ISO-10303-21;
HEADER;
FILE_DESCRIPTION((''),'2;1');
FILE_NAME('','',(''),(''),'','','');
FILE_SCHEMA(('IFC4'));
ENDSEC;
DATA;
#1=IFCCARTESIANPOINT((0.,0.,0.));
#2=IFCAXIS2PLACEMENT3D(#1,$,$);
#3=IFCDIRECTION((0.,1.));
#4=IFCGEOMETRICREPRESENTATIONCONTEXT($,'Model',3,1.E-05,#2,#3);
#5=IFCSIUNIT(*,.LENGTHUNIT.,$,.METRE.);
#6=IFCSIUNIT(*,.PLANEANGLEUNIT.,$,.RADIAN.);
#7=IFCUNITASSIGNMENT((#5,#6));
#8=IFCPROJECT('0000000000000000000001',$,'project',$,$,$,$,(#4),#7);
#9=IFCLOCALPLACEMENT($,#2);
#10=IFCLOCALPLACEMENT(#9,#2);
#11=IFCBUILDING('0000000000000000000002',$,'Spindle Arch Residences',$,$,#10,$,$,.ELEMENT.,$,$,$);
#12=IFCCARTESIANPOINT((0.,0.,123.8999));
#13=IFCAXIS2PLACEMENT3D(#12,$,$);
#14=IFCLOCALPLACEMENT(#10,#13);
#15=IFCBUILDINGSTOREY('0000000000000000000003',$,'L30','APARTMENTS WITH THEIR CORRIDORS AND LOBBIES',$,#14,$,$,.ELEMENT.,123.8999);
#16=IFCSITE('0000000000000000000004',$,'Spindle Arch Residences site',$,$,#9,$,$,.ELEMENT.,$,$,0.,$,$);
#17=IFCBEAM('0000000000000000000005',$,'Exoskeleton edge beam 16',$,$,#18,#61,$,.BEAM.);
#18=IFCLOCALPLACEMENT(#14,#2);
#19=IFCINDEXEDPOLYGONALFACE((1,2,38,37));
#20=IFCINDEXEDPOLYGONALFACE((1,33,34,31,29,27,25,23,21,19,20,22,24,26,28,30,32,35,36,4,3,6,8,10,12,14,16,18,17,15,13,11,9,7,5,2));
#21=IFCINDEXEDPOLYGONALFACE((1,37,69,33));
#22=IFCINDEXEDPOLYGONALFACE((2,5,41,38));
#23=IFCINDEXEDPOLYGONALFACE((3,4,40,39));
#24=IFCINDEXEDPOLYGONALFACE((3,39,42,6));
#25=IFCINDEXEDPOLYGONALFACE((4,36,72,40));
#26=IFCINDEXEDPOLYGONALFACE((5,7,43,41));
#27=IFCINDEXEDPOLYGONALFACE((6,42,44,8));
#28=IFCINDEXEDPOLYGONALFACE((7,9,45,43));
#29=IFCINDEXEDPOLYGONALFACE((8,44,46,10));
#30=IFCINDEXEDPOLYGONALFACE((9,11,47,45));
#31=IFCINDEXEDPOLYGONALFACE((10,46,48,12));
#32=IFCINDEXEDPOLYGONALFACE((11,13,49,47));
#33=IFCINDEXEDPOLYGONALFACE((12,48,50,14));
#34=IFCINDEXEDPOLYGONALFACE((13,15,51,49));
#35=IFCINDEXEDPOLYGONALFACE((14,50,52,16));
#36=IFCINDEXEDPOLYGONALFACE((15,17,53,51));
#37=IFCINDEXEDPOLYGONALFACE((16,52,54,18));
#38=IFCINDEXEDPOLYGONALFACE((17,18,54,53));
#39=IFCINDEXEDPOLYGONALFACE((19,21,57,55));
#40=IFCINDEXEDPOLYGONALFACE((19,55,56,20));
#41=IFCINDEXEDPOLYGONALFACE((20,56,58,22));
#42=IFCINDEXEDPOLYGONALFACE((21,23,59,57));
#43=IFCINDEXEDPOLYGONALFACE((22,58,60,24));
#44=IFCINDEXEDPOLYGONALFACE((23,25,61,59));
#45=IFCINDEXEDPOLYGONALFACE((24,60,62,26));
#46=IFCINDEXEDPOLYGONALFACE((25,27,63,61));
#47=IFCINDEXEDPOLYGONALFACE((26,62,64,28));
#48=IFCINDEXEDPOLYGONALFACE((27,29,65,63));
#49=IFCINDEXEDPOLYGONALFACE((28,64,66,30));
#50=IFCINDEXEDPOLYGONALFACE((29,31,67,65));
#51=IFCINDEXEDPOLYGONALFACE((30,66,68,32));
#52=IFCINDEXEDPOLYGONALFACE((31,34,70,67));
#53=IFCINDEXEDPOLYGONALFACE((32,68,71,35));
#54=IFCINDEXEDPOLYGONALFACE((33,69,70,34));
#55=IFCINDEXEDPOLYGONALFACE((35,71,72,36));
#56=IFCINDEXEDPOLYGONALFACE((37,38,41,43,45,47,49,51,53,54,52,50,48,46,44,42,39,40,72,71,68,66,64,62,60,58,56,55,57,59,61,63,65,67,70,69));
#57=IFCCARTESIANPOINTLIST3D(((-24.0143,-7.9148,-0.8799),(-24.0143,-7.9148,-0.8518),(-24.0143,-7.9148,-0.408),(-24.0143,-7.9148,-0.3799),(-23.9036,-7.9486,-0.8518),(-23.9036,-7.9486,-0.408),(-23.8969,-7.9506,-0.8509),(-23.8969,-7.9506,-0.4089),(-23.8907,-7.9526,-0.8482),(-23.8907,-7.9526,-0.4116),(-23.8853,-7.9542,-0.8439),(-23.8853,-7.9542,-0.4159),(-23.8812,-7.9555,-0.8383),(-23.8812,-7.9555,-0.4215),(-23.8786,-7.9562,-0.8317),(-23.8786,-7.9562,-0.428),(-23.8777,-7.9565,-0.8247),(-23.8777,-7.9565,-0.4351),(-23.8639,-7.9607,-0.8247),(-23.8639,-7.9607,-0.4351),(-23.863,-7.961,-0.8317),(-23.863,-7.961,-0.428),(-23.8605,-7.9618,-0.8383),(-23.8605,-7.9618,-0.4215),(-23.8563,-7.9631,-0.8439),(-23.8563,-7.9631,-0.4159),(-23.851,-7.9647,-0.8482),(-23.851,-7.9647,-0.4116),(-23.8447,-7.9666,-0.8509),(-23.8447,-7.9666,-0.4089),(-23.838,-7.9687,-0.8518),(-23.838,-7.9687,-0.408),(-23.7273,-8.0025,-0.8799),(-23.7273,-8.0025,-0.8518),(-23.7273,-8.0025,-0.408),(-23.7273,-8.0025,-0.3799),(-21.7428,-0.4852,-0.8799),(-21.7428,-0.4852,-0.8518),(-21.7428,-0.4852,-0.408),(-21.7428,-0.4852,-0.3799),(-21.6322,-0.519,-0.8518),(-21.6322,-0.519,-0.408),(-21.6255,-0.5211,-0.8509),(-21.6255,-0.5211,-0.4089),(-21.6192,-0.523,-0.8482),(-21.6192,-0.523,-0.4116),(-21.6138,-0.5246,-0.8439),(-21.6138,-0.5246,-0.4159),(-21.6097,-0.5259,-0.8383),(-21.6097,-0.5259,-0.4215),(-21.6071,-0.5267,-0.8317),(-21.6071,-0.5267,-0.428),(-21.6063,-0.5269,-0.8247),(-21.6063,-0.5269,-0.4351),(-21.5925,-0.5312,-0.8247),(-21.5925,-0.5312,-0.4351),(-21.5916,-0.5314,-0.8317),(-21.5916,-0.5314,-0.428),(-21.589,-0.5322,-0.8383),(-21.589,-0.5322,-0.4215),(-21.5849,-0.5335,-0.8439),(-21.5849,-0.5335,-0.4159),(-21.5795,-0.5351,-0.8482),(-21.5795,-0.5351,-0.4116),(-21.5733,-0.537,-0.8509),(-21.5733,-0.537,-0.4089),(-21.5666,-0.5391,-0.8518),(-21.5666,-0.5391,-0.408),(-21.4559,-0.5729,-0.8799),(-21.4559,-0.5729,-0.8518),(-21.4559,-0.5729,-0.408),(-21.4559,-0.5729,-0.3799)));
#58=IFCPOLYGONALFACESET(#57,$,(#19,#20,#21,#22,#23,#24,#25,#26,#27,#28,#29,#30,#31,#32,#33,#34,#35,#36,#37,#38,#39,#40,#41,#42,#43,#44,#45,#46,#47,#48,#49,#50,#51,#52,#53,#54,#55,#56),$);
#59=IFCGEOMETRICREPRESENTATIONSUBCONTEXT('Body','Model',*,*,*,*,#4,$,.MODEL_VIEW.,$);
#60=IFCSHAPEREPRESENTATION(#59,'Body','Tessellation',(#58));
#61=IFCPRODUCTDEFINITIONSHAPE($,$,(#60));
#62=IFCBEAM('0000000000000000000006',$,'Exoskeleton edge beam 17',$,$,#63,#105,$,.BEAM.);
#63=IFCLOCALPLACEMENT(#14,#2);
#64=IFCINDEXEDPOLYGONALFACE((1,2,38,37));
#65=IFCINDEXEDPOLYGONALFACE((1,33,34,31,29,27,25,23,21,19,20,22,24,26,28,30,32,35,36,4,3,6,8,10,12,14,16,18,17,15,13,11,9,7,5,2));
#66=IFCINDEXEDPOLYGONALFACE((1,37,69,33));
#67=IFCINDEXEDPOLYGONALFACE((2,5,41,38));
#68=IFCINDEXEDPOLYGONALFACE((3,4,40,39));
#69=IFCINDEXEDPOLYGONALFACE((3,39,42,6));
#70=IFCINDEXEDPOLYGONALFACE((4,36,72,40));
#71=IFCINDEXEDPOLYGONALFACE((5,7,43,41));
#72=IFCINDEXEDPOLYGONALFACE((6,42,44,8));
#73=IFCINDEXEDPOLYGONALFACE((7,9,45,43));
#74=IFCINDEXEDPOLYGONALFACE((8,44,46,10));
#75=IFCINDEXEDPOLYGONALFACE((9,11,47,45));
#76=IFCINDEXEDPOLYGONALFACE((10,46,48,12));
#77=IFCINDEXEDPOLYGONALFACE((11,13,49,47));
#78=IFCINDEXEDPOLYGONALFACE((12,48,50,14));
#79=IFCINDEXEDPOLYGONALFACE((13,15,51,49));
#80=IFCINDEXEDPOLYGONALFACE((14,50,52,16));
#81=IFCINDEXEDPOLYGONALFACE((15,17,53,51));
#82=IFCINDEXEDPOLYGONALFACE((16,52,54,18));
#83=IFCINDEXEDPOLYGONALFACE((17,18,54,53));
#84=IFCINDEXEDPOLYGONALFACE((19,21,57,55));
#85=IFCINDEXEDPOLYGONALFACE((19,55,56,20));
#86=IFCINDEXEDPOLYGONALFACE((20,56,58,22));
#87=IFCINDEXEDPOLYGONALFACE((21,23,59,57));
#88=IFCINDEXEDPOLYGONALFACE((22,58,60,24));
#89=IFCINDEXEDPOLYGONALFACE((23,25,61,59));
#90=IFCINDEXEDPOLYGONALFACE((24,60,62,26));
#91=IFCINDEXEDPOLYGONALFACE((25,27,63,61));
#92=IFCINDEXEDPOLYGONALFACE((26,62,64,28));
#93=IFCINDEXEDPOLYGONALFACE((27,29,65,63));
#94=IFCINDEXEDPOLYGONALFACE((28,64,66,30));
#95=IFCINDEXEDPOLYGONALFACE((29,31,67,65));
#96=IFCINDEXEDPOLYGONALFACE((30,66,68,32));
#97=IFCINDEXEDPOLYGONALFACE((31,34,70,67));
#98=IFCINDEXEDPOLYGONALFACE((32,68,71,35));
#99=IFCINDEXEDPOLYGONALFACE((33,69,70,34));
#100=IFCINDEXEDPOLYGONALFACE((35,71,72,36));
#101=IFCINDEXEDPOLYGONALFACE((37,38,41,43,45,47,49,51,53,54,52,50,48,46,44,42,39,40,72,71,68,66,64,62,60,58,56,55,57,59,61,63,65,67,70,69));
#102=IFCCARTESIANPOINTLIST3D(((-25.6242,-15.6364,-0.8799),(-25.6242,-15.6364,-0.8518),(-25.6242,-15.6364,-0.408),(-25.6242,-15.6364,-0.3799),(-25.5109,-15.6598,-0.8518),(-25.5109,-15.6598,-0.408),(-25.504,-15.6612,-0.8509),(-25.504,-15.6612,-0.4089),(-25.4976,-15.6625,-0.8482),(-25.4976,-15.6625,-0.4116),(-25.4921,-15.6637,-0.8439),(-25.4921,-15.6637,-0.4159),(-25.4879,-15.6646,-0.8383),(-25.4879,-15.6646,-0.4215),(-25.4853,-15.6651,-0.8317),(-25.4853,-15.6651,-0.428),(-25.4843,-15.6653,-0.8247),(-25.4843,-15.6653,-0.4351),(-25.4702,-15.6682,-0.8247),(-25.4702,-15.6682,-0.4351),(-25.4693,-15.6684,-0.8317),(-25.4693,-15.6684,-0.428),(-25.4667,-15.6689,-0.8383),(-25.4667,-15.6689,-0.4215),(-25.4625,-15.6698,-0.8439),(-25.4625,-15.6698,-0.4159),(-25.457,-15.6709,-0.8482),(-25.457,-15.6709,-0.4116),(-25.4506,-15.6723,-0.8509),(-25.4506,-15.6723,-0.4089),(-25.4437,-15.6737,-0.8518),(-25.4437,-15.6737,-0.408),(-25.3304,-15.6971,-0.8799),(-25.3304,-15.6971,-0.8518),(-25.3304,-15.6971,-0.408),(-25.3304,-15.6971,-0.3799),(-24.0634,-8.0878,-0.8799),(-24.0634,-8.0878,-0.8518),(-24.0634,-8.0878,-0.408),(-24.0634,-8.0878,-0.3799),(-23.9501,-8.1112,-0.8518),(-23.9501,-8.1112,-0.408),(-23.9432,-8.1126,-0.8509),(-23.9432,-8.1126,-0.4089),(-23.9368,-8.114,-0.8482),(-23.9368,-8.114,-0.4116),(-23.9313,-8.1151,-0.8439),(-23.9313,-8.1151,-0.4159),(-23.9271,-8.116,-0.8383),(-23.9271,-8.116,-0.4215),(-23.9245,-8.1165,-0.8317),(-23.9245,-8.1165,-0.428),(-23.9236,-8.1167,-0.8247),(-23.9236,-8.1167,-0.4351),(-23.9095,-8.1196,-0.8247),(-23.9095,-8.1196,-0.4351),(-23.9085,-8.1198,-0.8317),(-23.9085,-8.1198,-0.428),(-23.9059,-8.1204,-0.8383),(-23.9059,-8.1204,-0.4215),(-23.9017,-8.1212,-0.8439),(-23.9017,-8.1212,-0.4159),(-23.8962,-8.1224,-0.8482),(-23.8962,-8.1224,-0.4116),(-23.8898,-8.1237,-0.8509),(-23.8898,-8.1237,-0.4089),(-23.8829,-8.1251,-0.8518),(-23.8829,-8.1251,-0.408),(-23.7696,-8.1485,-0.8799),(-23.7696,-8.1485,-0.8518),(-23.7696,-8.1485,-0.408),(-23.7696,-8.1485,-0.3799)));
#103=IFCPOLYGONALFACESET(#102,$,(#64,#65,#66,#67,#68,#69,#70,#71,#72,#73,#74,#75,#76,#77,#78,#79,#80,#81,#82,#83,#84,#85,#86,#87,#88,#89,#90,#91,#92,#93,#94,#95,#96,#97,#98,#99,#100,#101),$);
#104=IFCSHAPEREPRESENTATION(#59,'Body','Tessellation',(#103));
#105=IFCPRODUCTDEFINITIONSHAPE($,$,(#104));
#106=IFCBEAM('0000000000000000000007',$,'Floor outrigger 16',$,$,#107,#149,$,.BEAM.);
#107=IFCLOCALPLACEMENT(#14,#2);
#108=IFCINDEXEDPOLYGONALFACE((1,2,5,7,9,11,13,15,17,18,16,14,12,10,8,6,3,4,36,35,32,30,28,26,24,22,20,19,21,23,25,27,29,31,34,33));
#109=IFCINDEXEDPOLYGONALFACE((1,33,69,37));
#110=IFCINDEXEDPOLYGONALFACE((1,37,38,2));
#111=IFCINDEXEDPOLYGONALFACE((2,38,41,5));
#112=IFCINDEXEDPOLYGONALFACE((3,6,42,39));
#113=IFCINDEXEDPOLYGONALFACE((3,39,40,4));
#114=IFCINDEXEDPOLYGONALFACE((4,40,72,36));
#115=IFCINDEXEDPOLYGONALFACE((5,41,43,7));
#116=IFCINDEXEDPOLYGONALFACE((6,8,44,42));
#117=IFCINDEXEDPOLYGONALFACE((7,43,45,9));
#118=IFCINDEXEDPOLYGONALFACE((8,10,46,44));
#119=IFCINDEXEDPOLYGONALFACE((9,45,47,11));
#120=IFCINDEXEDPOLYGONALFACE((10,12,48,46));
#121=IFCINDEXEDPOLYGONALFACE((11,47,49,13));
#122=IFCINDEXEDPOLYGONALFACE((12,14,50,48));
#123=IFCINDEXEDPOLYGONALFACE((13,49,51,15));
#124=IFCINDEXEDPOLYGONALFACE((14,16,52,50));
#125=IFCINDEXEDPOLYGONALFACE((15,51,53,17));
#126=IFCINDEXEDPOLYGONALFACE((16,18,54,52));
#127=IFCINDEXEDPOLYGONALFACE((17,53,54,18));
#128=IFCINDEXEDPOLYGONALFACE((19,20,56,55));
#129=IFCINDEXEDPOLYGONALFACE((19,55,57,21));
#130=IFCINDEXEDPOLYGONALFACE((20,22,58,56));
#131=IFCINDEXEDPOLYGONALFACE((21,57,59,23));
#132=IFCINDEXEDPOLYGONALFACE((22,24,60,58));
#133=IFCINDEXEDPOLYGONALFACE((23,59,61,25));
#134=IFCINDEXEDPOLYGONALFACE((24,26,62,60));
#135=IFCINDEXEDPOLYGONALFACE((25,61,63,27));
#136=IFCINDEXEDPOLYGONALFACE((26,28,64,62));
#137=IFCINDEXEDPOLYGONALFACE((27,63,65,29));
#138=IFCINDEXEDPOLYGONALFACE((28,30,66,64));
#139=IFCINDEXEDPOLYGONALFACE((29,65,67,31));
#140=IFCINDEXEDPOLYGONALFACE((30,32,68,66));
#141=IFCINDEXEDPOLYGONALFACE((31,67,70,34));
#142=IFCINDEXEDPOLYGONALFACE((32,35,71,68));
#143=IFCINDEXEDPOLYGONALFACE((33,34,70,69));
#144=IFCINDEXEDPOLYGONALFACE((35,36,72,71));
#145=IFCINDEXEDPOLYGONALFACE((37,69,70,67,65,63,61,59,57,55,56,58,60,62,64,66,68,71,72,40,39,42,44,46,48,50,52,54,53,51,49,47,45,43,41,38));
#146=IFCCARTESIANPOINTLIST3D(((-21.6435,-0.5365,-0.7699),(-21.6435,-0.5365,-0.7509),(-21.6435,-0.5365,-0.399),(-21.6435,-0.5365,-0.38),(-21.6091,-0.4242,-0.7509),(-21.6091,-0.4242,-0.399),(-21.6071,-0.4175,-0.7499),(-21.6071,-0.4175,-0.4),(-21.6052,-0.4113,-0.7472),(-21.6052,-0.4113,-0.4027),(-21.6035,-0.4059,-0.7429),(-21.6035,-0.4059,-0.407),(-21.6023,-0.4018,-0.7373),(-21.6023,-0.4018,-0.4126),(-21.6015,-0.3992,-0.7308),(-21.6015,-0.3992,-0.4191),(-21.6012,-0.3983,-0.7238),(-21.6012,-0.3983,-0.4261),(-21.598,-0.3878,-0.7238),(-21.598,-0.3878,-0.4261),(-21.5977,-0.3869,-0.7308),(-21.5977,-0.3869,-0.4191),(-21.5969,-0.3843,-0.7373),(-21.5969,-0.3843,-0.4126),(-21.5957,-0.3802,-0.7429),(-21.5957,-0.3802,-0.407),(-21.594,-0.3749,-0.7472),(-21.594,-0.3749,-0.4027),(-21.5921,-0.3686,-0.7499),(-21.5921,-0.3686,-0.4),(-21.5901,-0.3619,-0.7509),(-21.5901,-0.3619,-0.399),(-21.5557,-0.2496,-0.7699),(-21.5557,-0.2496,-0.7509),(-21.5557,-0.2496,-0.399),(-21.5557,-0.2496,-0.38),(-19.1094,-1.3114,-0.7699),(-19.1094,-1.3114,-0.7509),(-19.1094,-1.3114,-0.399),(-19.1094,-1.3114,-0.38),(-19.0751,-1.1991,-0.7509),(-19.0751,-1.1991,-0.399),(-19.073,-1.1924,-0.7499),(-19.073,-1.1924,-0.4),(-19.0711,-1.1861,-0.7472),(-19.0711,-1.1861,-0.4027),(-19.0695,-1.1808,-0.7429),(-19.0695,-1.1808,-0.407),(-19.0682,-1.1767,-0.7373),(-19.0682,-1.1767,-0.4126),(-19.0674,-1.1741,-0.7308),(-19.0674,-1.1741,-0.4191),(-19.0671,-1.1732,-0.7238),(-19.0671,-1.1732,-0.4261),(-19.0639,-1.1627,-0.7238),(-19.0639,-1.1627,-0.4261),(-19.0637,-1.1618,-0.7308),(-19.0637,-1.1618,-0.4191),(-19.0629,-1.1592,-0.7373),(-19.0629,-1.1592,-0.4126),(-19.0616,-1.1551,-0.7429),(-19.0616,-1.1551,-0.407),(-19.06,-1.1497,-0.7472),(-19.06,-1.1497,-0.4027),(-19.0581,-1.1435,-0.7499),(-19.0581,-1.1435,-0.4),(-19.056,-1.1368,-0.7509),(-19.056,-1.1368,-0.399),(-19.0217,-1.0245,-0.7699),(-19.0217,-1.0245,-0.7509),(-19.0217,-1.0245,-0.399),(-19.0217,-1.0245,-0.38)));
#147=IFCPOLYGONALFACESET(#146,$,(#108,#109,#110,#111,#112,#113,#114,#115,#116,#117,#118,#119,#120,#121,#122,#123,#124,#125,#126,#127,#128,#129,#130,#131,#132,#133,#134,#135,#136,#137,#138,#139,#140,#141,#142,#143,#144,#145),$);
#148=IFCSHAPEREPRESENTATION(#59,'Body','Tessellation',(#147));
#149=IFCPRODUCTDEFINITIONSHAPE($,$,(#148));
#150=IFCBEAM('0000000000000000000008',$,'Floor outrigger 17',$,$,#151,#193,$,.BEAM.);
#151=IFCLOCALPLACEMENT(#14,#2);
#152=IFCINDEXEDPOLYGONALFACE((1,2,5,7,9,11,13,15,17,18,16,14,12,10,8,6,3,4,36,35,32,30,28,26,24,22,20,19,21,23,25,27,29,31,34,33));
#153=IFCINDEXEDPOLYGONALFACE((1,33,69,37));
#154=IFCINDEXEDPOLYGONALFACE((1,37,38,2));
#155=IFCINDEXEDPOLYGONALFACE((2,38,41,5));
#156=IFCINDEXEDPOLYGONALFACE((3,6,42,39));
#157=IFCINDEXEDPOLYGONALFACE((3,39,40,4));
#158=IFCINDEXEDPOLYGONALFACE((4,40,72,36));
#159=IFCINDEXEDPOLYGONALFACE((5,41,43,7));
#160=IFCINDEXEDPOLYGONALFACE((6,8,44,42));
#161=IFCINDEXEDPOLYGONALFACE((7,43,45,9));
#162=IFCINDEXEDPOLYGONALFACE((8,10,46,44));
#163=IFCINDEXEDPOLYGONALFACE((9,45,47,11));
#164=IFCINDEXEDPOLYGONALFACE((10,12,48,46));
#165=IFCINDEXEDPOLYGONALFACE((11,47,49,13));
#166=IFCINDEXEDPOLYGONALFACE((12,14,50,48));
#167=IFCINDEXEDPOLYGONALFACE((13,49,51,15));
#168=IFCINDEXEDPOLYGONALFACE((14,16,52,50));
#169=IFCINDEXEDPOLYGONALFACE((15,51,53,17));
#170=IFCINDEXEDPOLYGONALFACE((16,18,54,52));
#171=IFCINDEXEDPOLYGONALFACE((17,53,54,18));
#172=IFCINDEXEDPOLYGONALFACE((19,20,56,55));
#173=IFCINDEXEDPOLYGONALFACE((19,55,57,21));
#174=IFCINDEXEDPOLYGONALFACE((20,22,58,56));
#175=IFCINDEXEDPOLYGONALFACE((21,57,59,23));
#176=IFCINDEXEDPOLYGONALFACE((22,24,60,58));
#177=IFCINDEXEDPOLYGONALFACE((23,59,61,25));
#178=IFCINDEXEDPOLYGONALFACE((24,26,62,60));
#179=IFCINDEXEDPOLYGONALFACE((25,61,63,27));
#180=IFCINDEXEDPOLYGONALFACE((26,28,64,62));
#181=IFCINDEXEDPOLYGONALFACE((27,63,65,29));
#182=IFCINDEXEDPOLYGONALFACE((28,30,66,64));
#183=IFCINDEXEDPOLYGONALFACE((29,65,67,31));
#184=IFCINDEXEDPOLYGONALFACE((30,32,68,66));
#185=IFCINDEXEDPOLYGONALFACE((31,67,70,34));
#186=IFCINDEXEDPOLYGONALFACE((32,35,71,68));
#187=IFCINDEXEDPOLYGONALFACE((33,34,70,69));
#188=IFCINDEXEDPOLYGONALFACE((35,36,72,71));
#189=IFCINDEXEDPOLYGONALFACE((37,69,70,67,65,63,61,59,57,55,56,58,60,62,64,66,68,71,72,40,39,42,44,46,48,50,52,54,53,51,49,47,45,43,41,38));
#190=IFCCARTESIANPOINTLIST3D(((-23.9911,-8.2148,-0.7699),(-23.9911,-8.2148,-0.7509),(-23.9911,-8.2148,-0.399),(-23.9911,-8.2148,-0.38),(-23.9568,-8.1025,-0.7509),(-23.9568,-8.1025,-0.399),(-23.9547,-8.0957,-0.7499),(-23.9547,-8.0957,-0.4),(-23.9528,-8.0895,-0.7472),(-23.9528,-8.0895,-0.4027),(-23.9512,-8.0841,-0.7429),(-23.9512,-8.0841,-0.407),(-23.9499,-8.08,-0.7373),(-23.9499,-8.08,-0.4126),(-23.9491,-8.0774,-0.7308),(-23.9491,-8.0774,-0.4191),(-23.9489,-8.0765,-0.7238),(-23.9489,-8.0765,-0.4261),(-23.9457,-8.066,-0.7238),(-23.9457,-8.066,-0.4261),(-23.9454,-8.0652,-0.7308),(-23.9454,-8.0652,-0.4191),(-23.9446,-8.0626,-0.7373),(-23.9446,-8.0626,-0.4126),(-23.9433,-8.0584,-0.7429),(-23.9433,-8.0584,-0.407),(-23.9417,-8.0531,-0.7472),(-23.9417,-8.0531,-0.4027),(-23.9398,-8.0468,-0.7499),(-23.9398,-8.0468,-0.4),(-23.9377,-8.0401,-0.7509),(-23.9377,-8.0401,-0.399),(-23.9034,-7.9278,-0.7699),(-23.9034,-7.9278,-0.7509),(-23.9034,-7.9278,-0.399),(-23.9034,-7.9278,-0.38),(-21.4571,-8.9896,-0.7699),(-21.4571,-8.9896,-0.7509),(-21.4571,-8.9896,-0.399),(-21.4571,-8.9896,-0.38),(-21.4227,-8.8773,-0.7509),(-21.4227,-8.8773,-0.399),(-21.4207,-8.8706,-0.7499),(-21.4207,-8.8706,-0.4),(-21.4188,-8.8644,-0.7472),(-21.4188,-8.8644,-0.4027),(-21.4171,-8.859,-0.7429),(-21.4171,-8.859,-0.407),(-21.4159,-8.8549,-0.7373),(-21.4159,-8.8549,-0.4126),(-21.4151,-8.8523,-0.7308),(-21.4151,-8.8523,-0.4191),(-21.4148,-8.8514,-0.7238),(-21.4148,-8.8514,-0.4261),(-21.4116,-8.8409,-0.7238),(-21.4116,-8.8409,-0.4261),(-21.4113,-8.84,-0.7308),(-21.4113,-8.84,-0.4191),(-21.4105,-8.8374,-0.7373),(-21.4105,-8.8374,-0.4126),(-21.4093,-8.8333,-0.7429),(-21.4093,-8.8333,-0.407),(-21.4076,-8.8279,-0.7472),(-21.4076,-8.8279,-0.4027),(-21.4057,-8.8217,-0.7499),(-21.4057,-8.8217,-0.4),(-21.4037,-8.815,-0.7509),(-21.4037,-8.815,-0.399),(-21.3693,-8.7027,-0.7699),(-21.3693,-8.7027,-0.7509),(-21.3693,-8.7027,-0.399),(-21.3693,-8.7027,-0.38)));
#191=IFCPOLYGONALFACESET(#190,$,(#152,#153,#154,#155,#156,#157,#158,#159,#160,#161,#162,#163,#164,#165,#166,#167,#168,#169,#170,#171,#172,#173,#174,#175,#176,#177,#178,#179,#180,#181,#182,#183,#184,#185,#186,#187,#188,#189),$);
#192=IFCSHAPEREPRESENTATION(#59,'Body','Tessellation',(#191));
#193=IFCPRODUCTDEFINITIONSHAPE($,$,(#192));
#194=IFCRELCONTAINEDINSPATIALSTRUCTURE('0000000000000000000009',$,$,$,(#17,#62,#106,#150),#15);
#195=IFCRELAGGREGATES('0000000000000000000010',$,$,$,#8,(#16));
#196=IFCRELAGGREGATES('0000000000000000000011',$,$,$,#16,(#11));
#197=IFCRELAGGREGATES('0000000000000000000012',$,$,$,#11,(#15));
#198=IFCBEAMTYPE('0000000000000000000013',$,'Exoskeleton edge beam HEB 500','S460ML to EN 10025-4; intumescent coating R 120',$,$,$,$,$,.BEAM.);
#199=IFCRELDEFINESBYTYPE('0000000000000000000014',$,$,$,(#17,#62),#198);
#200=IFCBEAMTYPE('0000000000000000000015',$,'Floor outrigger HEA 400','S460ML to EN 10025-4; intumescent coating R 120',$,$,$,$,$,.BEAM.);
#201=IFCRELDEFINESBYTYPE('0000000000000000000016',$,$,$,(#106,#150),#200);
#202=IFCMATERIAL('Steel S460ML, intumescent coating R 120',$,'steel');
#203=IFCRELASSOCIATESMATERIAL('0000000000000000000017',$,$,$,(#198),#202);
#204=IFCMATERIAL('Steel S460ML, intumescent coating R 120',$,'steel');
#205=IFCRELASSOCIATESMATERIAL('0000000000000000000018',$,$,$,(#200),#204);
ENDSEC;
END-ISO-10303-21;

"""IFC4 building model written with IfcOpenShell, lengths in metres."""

from ifc_helpers import new_model, si_unit, direction, frame, origin, origin_2d, place, context, subcontext, project, spatial, i_section, extrude, material, material_profile, profile_set, type_object, element, save


model = new_model("IFC4")

# Units and contexts
model_context = context("Model", 3, precision=1e-05, world=origin(), true_north=direction((0.0, 1.0)))
body_context = subcontext(model_context, "Body", "Model", "MODEL_VIEW")
ifc_project = project(units=[si_unit("LENGTHUNIT", "METRE"), si_unit("PLANEANGLEUNIT", "RADIAN")], contexts=[model_context])

# Site, building, storey
site_placement = place(None, origin())
site = spatial("IfcSite", under=ifc_project, at=site_placement, Name="Spindle Arch Residences site", CompositionType="ELEMENT", RefElevation=0.0)
building_placement = place(site_placement, origin())
building = spatial("IfcBuilding", under=site, at=building_placement, Name="Spindle Arch Residences", CompositionType="ELEMENT")
storey_placement = place(building_placement, frame((0.0, 0.0, 123.8999)))
storey = spatial("IfcBuildingStorey", under=building, at=storey_placement, Name="L30", Description="APARTMENTS WITH THEIR CORRIDORS AND LOBBIES", CompositionType="ELEMENT", Elevation=123.8999)

# Beams
ifc_material_1 = material(Name="Steel S460ML, intumescent coating R 120", Category="steel")
ifc_material_profile_1 = material_profile(ifc_material_1, i_section(OverallWidth=0.3, OverallDepth=0.5, WebThickness=0.0144, FlangeThickness=0.0281, FilletRadius=0.0271, at=origin_2d()), Name="HEB 500")
ifc_profile_set_1 = profile_set([ifc_material_profile_1], Name="Steel S460ML, intumescent coating R 120")
beam_type_1 = type_object("IfcBeamType", Name="Exoskeleton edge beam HEB 500", Description="S460ML to EN 10025-4; intumescent coating R 120", PredefinedType="BEAM", material=ifc_profile_set_1)
beam_1_placement = place(storey_placement, frame((-21.5994, -0.5291, -0.6299), z_axis=(-0.292372, -0.956305, 0.0), x_axis=(0.956305, -0.292372, 0.0)))
element("IfcBeam", 1, at=beam_1_placement, inside=storey, type_object=beam_type_1, Name="Exoskeleton edge beam 16", PredefinedType="BEAM", context=body_context, shape_type="SweptSolid", body=[
    extrude(i_section(OverallWidth=0.3, OverallDepth=0.5, WebThickness=0.0144, FlangeThickness=0.0281, FilletRadius=0.0271, at=origin_2d()), origin(), (0.0, 0.0, 1.0), 7.769),
])
beam_2_placement = place(storey_placement, frame((-23.9165, -8.1182, -0.6299), z_axis=(-0.202483, -0.979286, 0.0), x_axis=(0.979286, -0.202483, 0.0)))
element("IfcBeam", 2, at=beam_2_placement, inside=storey, type_object=beam_type_1, Name="Exoskeleton edge beam 17", PredefinedType="BEAM", context=body_context, shape_type="SweptSolid", body=[
    extrude(i_section(OverallWidth=0.3, OverallDepth=0.5, WebThickness=0.0144, FlangeThickness=0.0281, FilletRadius=0.0271, at=origin_2d()), origin(), (0.0, 0.0, 1.0), 7.7083),
])
ifc_material_2 = material(Name="Steel S460ML, intumescent coating R 120", Category="steel")
ifc_material_profile_2 = material_profile(ifc_material_2, i_section(OverallWidth=0.3, OverallDepth=0.3899, WebThickness=0.011, FlangeThickness=0.019, FilletRadius=0.0271, at=origin_2d()), Name="HEA 400")
ifc_profile_set_2 = profile_set([ifc_material_profile_2], Name="Steel S460ML, intumescent coating R 120")
beam_type_2 = type_object("IfcBeamType", Name="Floor outrigger HEA 400", Description="S460ML to EN 10025-4; intumescent coating R 120", PredefinedType="BEAM", material=ifc_profile_set_2)
for number, where, z_axis, x_axis, name in (
    (3, (-21.5996, -0.3931, -0.575), (0.956291, -0.292415, 0.0), (0.292415, 0.956291, 0.0), "Floor outrigger 16"),
    (4, (-23.9473, -8.0713, -0.575), (0.956291, -0.292415, 0.0), (0.292415, 0.956291, 0.0), "Floor outrigger 17"),
):
    element("IfcBeam", number, at=place(storey_placement, frame(where, z_axis=z_axis, x_axis=x_axis)), inside=storey, type_object=beam_type_2, Name=name, PredefinedType="BEAM", context=body_context, shape_type="SweptSolid", body=[
        extrude(i_section(OverallWidth=0.3, OverallDepth=0.3899, WebThickness=0.011, FlangeThickness=0.019, FilletRadius=0.0271, at=origin_2d()), origin(), (0.0, 0.0, 1.0), 2.6499),
    ])

save(model, "model.ifc")
